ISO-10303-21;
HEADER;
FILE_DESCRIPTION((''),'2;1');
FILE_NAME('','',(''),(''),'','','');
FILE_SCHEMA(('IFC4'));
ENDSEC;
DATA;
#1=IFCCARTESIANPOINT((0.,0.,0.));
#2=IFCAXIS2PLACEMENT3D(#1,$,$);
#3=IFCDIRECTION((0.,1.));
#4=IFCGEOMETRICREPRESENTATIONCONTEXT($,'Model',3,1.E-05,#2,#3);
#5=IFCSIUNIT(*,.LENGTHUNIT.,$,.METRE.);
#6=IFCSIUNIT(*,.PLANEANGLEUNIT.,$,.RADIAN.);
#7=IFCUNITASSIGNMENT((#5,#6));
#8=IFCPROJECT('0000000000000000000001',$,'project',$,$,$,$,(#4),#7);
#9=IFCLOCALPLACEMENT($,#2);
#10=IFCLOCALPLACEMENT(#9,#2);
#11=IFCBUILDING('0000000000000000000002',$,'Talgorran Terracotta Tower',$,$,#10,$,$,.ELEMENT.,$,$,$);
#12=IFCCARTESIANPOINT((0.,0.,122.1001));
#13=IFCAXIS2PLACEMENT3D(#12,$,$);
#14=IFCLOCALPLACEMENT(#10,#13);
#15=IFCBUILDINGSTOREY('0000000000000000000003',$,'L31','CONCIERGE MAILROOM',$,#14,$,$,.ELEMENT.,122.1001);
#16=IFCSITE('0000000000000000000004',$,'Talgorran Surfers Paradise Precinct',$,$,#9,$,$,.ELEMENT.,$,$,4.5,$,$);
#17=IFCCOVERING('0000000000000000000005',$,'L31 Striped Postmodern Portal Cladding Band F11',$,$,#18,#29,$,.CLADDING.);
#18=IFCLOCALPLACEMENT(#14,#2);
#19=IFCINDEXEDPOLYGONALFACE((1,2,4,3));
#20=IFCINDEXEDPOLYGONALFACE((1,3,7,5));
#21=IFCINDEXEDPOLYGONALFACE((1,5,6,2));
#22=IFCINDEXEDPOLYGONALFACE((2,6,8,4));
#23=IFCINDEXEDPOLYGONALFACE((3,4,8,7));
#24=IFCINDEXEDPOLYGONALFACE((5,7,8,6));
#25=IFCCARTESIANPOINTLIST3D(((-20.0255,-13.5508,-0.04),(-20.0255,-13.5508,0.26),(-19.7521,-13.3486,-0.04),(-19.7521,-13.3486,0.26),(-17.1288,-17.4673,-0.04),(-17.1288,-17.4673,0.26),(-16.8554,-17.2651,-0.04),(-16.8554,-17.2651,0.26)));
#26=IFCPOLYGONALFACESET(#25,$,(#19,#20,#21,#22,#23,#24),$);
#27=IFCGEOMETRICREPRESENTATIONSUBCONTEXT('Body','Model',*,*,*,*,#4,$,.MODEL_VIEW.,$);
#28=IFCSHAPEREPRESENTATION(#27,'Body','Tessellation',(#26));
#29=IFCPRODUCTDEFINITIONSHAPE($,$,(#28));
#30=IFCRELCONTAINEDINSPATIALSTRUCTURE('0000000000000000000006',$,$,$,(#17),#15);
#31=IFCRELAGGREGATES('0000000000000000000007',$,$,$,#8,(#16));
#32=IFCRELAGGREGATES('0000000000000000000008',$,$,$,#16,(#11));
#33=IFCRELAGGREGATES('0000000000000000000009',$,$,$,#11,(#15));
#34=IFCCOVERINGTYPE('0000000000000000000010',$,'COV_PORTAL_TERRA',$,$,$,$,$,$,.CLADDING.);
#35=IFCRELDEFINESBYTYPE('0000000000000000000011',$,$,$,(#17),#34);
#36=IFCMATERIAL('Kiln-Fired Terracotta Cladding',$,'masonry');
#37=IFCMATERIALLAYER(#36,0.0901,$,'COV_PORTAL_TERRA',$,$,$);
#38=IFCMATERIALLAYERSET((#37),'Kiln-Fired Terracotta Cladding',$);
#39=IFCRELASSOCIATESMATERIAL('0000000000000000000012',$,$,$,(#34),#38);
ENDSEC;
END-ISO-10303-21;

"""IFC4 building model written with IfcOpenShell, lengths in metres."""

from ifc_helpers import new_model, si_unit, direction, frame, origin, origin_2d, place, context, subcontext, project, spatial, rectangle, extrude, material, layer, layer_set, type_object, element, save


model = new_model("IFC4")

# Units and contexts
model_context = context("Model", 3, precision=1e-05, world=origin(), true_north=direction((0.0, 1.0)))
body_context = subcontext(model_context, "Body", "Model", "MODEL_VIEW")
ifc_project = project(units=[si_unit("LENGTHUNIT", "METRE"), si_unit("PLANEANGLEUNIT", "RADIAN")], contexts=[model_context])

# Site, building, storey
site_placement = place(None, origin())
site = spatial("IfcSite", under=ifc_project, at=site_placement, Name="Talgorran Surfers Paradise Precinct", CompositionType="ELEMENT", RefElevation=4.5)
building_placement = place(site_placement, origin())
building = spatial("IfcBuilding", under=site, at=building_placement, Name="Talgorran Terracotta Tower", CompositionType="ELEMENT")
storey_placement = place(building_placement, frame((0.0, 0.0, 122.1001)))
storey = spatial("IfcBuildingStorey", under=building, at=storey_placement, Name="L31", Description="CONCIERGE MAILROOM", CompositionType="ELEMENT", Elevation=122.1001)

# Covering
ifc_material_1 = material(Name="Kiln-Fired Terracotta Cladding", Category="masonry")
ifc_layer_1 = layer(ifc_material_1, 0.0901, Name="COV_PORTAL_TERRA")
ifc_layer_set_1 = layer_set([ifc_layer_1], Name="Kiln-Fired Terracotta Cladding")
covering_type_1 = type_object("IfcCoveringType", Name="COV_PORTAL_TERRA", PredefinedType="CLADDING", material=ifc_layer_set_1)
covering_1_placement = place(storey_placement, frame((-18.4404, -15.408, -0.04), z_axis=(0.0, 0.0, 1.0), x_axis=(0.59464, -0.803992, 0.0)))
element("IfcCovering", 1, at=covering_1_placement, inside=storey, type_object=covering_type_1, Name="L31 Striped Postmodern Portal Cladding Band F11", PredefinedType="CLADDING", context=body_context, shape_type="SweptSolid", body=[
    extrude(rectangle(XDim=4.8713, YDim=0.3401, at=origin_2d()), origin(), (0.0, 0.0, 1.0), 0.3),
])

save(model, "model.ifc")
